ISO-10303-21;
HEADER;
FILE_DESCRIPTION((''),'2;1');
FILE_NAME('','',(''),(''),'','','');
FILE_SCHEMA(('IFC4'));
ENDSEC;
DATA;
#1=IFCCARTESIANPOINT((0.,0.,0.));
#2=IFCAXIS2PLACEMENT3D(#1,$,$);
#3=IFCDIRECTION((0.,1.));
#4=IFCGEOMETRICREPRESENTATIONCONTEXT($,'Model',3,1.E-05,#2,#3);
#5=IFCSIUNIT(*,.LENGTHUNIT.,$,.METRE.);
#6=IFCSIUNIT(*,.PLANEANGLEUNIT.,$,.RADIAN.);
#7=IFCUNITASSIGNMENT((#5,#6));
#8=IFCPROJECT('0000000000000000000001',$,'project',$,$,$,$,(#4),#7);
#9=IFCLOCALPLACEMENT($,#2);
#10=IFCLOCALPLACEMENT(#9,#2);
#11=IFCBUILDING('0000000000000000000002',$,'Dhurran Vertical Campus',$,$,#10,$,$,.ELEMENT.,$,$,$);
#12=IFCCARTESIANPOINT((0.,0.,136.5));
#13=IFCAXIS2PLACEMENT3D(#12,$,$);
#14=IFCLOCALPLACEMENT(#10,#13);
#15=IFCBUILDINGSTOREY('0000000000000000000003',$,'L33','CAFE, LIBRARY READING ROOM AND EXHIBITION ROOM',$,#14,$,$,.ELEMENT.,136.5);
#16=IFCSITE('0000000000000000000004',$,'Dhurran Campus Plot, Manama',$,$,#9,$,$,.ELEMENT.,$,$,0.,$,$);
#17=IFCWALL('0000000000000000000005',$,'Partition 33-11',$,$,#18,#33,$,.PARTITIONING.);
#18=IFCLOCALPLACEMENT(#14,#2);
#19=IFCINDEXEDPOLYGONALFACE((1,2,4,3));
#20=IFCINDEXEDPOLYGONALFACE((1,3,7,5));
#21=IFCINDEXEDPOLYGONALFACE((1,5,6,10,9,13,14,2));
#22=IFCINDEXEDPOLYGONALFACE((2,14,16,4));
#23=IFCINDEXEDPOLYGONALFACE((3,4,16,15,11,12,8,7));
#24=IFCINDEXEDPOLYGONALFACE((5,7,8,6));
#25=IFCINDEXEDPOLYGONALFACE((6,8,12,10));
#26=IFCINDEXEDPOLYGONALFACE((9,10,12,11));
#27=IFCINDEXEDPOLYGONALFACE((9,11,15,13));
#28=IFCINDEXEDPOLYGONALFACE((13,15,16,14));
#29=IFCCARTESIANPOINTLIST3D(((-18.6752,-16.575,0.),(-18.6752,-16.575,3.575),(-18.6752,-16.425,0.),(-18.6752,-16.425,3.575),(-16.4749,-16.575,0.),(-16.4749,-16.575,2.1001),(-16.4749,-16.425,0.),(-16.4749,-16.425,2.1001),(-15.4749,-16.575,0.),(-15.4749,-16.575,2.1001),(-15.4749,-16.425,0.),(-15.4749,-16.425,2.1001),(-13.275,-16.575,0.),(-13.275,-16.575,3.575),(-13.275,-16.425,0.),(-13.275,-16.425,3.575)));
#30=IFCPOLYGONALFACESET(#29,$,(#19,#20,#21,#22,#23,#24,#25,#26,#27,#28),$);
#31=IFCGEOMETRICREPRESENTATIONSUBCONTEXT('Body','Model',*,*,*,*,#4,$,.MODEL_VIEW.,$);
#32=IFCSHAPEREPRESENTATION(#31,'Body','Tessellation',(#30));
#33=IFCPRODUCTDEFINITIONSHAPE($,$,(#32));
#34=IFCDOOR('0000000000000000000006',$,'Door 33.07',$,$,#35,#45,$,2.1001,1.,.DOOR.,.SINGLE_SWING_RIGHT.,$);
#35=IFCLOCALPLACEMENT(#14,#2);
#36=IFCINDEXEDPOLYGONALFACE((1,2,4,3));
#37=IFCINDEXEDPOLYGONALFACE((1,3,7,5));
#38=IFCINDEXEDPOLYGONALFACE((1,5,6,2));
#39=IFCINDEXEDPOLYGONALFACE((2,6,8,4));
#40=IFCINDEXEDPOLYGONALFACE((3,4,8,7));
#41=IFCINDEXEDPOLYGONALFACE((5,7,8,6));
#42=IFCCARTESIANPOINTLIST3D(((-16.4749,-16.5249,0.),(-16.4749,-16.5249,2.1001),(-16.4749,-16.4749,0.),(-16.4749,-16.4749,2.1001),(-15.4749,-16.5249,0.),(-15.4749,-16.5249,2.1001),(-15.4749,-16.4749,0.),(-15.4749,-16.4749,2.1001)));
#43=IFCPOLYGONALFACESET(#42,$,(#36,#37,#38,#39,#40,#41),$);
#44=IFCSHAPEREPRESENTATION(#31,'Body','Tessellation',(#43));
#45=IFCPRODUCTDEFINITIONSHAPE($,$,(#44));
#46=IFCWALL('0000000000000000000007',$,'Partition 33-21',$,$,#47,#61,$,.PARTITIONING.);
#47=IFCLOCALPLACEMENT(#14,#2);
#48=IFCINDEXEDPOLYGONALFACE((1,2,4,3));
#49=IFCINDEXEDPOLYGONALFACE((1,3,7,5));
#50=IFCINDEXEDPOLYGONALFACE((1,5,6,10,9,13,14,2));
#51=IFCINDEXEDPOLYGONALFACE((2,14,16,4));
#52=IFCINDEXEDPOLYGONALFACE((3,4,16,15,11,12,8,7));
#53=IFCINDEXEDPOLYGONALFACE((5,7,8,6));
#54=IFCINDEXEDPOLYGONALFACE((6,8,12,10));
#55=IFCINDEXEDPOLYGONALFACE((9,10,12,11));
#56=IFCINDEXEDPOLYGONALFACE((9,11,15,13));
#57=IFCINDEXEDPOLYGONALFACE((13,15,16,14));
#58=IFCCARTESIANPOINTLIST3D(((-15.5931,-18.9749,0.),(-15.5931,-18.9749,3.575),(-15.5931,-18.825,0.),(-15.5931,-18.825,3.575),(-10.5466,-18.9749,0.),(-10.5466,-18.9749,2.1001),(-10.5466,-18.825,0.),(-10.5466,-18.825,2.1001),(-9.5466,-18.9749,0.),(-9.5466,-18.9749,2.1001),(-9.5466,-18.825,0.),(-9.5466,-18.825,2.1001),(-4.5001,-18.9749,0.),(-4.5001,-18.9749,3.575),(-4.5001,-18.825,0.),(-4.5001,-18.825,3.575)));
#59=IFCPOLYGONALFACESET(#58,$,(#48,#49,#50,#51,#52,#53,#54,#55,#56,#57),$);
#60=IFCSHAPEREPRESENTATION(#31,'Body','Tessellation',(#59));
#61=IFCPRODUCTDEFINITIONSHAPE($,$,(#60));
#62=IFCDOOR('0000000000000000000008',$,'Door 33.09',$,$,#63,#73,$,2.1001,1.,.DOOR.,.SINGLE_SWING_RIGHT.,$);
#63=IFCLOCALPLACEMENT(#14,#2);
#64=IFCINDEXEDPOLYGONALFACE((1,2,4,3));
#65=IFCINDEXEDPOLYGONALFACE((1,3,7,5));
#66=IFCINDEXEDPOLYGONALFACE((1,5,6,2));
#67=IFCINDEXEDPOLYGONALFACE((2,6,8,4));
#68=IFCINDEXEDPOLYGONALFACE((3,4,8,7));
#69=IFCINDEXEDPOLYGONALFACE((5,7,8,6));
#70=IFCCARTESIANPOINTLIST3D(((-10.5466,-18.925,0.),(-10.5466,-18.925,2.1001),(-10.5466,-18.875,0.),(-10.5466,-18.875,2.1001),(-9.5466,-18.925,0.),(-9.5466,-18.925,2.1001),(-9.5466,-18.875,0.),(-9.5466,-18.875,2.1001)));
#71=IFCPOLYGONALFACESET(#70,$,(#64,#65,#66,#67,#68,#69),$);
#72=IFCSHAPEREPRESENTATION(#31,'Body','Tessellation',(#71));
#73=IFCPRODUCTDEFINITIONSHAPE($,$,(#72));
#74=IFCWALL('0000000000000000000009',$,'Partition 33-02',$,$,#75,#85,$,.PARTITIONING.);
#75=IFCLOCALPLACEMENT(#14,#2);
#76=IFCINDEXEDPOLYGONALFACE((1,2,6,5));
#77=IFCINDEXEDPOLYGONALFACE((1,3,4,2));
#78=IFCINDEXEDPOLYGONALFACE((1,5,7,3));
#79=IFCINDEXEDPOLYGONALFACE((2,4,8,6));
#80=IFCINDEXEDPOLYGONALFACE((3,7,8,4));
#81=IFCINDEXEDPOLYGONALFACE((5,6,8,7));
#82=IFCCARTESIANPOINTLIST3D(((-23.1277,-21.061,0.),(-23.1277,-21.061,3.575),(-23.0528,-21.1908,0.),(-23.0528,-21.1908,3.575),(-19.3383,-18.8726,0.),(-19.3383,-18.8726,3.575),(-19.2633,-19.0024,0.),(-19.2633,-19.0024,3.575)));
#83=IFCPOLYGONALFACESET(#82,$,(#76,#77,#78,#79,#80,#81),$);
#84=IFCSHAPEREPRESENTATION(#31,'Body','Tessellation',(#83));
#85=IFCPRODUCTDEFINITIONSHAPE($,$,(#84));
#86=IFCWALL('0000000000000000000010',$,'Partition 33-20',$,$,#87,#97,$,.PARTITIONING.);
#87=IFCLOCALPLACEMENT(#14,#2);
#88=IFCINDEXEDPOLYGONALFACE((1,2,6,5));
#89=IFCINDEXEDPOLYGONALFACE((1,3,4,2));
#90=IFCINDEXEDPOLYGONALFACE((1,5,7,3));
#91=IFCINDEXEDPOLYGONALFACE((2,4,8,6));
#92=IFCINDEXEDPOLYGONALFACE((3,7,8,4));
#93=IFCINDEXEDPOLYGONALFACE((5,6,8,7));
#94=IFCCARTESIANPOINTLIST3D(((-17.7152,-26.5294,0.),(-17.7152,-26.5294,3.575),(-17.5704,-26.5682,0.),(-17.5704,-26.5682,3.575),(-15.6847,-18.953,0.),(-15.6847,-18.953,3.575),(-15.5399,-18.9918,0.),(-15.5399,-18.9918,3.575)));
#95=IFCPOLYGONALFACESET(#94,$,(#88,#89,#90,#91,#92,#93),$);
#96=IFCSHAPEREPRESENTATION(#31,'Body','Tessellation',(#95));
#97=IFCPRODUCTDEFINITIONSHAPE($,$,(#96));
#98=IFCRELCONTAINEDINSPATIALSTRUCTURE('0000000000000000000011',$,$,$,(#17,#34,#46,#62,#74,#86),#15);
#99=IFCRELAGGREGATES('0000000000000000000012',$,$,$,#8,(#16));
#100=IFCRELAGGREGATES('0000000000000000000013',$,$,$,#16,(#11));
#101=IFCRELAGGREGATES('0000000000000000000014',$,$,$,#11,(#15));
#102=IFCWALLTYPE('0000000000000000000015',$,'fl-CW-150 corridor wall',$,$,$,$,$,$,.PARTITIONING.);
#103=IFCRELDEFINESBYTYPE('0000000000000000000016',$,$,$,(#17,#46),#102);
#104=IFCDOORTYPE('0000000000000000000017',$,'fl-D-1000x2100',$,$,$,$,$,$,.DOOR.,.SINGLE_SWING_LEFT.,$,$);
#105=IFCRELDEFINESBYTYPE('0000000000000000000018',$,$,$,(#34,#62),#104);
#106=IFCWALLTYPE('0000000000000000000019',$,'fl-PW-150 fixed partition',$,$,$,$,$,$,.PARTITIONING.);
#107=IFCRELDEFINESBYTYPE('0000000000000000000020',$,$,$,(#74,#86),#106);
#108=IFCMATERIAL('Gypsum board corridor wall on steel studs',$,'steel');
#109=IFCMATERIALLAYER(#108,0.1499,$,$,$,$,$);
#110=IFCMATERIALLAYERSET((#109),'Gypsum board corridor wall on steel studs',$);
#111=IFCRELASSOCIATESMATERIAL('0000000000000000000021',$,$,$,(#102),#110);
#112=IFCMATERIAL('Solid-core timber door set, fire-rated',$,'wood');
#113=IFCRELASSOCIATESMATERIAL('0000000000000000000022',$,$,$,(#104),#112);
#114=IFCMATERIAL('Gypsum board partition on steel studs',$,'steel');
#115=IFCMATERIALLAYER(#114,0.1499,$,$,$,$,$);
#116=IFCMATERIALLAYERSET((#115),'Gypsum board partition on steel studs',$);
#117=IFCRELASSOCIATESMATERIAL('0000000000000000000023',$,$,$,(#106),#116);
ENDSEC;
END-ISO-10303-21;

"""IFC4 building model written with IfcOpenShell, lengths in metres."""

from ifc_helpers import new_model, si_unit, direction, frame, frame_2d, origin, place, context, subcontext, project, spatial, rectangle, extrude, material, layer, layer_set, type_object, element, fill, save


model = new_model("IFC4")

# Units and contexts
model_context = context("Model", 3, precision=1e-05, world=origin(), true_north=direction((0.0, 1.0)))
body_context = subcontext(model_context, "Body", "Model", "MODEL_VIEW")
ifc_project = project(units=[si_unit("LENGTHUNIT", "METRE"), si_unit("PLANEANGLEUNIT", "RADIAN")], contexts=[model_context])

# Site, building, storey
site_placement = place(None, origin())
site = spatial("IfcSite", under=ifc_project, at=site_placement, Name="Dhurran Campus Plot, Manama", CompositionType="ELEMENT", RefElevation=0.0)
building_placement = place(site_placement, origin())
building = spatial("IfcBuilding", under=site, at=building_placement, Name="Dhurran Vertical Campus", CompositionType="ELEMENT")
storey_placement = place(building_placement, frame((0.0, 0.0, 136.5)))
storey = spatial("IfcBuildingStorey", under=building, at=storey_placement, Name="L33", Description="CAFE, LIBRARY READING ROOM AND EXHIBITION ROOM", CompositionType="ELEMENT", Elevation=136.5)

# Shared definitions
ifc_material_1 = material(Name="Gypsum board corridor wall on steel studs", Category="steel")
ifc_layer_1 = layer(ifc_material_1, 0.1499)
ifc_layer_set_1 = layer_set([ifc_layer_1], Name="Gypsum board corridor wall on steel studs")
wall_type_1 = type_object("IfcWallType", Name="fl-CW-150 corridor wall", PredefinedType="PARTITIONING", material=ifc_layer_set_1)

# Shared definitions
ifc_material_2 = material(Name="Solid-core timber door set, fire-rated", Category="wood")
door_type = type_object("IfcDoorType", Name="fl-D-1000x2100", OperationType="SINGLE_SWING_LEFT", PredefinedType="DOOR", material=ifc_material_2)

# Walls, openings, doors
wall_1_placement = place(storey_placement, frame((-13.2749, -16.5, 0.0), z_axis=(0.0, 0.0, 1.0), x_axis=(-1.0, 0.0, 0.0)))
wall_1 = element("IfcWall", 1, at=wall_1_placement, inside=storey, type_object=wall_type_1, Name="Partition 33-11", PredefinedType="PARTITIONING", context=body_context, shape_type="SweptSolid", body=[
    extrude(rectangle(XDim=5.4001, YDim=0.1499, at=frame_2d((2.7002, 0.0))), origin(), (0.0, 0.0, 1.0), 3.575),
])
opening_1_placement = place(wall_1_placement, frame((2.2, 0.0, 0.0)))
opening_1 = element("IfcOpeningElement", 2, at=opening_1_placement, cuts=wall_1, PredefinedType="OPENING", context=body_context, shape_type="SweptSolid", body=[
    extrude(rectangle(XDim=1.0, YDim=2.1001, at=frame_2d((0.5, 1.05))), frame((0.0, 0.085, 0.0), z_axis=(0.0, -1.0, 0.0), x_axis=(1.0, 0.0, 0.0)), (0.0, 0.0, 1.0), 0.1699),
])
door_1_placement = place(opening_1_placement, origin())
door_1 = element("IfcDoor", 3, at=door_1_placement, inside=storey, type_object=door_type, Name="Door 33.07", OperationType="SINGLE_SWING_RIGHT", OverallHeight=2.1001, OverallWidth=1.0, PredefinedType="DOOR", context=body_context, shape_type="SweptSolid", body=[
    extrude(rectangle(XDim=1.0, YDim=2.1001, at=frame_2d((0.5, 1.05))), frame((0.0, 0.0249, 0.0), z_axis=(0.0, -1.0, 0.0), x_axis=(1.0, 0.0, 0.0)), (0.0, 0.0, 1.0), 0.05),
])
fill(opening_1, door_1)
wall_2_placement = place(storey_placement, frame((-15.593, -18.8999, 0.0), z_axis=(0.0, 0.0, 1.0), x_axis=(1.0, 0.0, 0.0)))
wall_2 = element("IfcWall", 4, at=wall_2_placement, inside=storey, type_object=wall_type_1, Name="Partition 33-21", PredefinedType="PARTITIONING", context=body_context, shape_type="SweptSolid", body=[
    extrude(rectangle(XDim=11.093, YDim=0.1499, at=frame_2d((5.5464, 0.0))), origin(), (0.0, 0.0, 1.0), 3.575),
])
opening_2_placement = place(wall_2_placement, frame((5.0464, 0.0, 0.0)))
opening_2 = element("IfcOpeningElement", 5, at=opening_2_placement, cuts=wall_2, PredefinedType="OPENING", context=body_context, shape_type="SweptSolid", body=[
    extrude(rectangle(XDim=1.0, YDim=2.1001, at=frame_2d((0.5, 1.05))), frame((0.0, 0.085, 0.0), z_axis=(0.0, -1.0, 0.0), x_axis=(1.0, 0.0, 0.0)), (0.0, 0.0, 1.0), 0.1699),
])
door_2_placement = place(opening_2_placement, origin())
door_2 = element("IfcDoor", 6, at=door_2_placement, inside=storey, type_object=door_type, Name="Door 33.09", OperationType="SINGLE_SWING_RIGHT", OverallHeight=2.1001, OverallWidth=1.0, PredefinedType="DOOR", context=body_context, shape_type="SweptSolid", body=[
    extrude(rectangle(XDim=1.0, YDim=2.1001, at=frame_2d((0.5, 1.05))), frame((0.0, 0.0249, 0.0), z_axis=(0.0, -1.0, 0.0), x_axis=(1.0, 0.0, 0.0)), (0.0, 0.0, 1.0), 0.05),
])
fill(opening_2, door_2)

# Walls
ifc_material_3 = material(Name="Gypsum board partition on steel studs", Category="steel")
ifc_layer_2 = layer(ifc_material_3, 0.1499)
ifc_layer_set_2 = layer_set([ifc_layer_2], Name="Gypsum board partition on steel studs")
wall_type_2 = type_object("IfcWallType", Name="fl-PW-150 fixed partition", PredefinedType="PARTITIONING", material=ifc_layer_set_2)
wall_3_placement = place(storey_placement, frame((-19.3008, -18.9375, 0.0), z_axis=(0.0, 0.0, 1.0), x_axis=(-0.865968, -0.500099, 0.0)))
element("IfcWall", 7, at=wall_3_placement, inside=storey, type_object=wall_type_2, Name="Partition 33-02", PredefinedType="PARTITIONING", context=body_context, shape_type="SweptSolid", body=[
    extrude(rectangle(XDim=4.376, YDim=0.1499, at=frame_2d((2.188, 0.0))), origin(), (0.0, 0.0, 1.0), 3.575),
])
wall_4_placement = place(storey_placement, frame((-15.6123, -18.9724, 0.0), z_axis=(0.0, 0.0, 1.0), x_axis=(-0.258869, -0.965912, 0.0)))
element("IfcWall", 8, at=wall_4_placement, inside=storey, type_object=wall_type_2, Name="Partition 33-20", PredefinedType="PARTITIONING", context=body_context, shape_type="SweptSolid", body=[
    extrude(rectangle(XDim=7.8438, YDim=0.1499, at=frame_2d((3.9219, 0.0))), origin(), (0.0, 0.0, 1.0), 3.575),
])

save(model, "model.ifc")
